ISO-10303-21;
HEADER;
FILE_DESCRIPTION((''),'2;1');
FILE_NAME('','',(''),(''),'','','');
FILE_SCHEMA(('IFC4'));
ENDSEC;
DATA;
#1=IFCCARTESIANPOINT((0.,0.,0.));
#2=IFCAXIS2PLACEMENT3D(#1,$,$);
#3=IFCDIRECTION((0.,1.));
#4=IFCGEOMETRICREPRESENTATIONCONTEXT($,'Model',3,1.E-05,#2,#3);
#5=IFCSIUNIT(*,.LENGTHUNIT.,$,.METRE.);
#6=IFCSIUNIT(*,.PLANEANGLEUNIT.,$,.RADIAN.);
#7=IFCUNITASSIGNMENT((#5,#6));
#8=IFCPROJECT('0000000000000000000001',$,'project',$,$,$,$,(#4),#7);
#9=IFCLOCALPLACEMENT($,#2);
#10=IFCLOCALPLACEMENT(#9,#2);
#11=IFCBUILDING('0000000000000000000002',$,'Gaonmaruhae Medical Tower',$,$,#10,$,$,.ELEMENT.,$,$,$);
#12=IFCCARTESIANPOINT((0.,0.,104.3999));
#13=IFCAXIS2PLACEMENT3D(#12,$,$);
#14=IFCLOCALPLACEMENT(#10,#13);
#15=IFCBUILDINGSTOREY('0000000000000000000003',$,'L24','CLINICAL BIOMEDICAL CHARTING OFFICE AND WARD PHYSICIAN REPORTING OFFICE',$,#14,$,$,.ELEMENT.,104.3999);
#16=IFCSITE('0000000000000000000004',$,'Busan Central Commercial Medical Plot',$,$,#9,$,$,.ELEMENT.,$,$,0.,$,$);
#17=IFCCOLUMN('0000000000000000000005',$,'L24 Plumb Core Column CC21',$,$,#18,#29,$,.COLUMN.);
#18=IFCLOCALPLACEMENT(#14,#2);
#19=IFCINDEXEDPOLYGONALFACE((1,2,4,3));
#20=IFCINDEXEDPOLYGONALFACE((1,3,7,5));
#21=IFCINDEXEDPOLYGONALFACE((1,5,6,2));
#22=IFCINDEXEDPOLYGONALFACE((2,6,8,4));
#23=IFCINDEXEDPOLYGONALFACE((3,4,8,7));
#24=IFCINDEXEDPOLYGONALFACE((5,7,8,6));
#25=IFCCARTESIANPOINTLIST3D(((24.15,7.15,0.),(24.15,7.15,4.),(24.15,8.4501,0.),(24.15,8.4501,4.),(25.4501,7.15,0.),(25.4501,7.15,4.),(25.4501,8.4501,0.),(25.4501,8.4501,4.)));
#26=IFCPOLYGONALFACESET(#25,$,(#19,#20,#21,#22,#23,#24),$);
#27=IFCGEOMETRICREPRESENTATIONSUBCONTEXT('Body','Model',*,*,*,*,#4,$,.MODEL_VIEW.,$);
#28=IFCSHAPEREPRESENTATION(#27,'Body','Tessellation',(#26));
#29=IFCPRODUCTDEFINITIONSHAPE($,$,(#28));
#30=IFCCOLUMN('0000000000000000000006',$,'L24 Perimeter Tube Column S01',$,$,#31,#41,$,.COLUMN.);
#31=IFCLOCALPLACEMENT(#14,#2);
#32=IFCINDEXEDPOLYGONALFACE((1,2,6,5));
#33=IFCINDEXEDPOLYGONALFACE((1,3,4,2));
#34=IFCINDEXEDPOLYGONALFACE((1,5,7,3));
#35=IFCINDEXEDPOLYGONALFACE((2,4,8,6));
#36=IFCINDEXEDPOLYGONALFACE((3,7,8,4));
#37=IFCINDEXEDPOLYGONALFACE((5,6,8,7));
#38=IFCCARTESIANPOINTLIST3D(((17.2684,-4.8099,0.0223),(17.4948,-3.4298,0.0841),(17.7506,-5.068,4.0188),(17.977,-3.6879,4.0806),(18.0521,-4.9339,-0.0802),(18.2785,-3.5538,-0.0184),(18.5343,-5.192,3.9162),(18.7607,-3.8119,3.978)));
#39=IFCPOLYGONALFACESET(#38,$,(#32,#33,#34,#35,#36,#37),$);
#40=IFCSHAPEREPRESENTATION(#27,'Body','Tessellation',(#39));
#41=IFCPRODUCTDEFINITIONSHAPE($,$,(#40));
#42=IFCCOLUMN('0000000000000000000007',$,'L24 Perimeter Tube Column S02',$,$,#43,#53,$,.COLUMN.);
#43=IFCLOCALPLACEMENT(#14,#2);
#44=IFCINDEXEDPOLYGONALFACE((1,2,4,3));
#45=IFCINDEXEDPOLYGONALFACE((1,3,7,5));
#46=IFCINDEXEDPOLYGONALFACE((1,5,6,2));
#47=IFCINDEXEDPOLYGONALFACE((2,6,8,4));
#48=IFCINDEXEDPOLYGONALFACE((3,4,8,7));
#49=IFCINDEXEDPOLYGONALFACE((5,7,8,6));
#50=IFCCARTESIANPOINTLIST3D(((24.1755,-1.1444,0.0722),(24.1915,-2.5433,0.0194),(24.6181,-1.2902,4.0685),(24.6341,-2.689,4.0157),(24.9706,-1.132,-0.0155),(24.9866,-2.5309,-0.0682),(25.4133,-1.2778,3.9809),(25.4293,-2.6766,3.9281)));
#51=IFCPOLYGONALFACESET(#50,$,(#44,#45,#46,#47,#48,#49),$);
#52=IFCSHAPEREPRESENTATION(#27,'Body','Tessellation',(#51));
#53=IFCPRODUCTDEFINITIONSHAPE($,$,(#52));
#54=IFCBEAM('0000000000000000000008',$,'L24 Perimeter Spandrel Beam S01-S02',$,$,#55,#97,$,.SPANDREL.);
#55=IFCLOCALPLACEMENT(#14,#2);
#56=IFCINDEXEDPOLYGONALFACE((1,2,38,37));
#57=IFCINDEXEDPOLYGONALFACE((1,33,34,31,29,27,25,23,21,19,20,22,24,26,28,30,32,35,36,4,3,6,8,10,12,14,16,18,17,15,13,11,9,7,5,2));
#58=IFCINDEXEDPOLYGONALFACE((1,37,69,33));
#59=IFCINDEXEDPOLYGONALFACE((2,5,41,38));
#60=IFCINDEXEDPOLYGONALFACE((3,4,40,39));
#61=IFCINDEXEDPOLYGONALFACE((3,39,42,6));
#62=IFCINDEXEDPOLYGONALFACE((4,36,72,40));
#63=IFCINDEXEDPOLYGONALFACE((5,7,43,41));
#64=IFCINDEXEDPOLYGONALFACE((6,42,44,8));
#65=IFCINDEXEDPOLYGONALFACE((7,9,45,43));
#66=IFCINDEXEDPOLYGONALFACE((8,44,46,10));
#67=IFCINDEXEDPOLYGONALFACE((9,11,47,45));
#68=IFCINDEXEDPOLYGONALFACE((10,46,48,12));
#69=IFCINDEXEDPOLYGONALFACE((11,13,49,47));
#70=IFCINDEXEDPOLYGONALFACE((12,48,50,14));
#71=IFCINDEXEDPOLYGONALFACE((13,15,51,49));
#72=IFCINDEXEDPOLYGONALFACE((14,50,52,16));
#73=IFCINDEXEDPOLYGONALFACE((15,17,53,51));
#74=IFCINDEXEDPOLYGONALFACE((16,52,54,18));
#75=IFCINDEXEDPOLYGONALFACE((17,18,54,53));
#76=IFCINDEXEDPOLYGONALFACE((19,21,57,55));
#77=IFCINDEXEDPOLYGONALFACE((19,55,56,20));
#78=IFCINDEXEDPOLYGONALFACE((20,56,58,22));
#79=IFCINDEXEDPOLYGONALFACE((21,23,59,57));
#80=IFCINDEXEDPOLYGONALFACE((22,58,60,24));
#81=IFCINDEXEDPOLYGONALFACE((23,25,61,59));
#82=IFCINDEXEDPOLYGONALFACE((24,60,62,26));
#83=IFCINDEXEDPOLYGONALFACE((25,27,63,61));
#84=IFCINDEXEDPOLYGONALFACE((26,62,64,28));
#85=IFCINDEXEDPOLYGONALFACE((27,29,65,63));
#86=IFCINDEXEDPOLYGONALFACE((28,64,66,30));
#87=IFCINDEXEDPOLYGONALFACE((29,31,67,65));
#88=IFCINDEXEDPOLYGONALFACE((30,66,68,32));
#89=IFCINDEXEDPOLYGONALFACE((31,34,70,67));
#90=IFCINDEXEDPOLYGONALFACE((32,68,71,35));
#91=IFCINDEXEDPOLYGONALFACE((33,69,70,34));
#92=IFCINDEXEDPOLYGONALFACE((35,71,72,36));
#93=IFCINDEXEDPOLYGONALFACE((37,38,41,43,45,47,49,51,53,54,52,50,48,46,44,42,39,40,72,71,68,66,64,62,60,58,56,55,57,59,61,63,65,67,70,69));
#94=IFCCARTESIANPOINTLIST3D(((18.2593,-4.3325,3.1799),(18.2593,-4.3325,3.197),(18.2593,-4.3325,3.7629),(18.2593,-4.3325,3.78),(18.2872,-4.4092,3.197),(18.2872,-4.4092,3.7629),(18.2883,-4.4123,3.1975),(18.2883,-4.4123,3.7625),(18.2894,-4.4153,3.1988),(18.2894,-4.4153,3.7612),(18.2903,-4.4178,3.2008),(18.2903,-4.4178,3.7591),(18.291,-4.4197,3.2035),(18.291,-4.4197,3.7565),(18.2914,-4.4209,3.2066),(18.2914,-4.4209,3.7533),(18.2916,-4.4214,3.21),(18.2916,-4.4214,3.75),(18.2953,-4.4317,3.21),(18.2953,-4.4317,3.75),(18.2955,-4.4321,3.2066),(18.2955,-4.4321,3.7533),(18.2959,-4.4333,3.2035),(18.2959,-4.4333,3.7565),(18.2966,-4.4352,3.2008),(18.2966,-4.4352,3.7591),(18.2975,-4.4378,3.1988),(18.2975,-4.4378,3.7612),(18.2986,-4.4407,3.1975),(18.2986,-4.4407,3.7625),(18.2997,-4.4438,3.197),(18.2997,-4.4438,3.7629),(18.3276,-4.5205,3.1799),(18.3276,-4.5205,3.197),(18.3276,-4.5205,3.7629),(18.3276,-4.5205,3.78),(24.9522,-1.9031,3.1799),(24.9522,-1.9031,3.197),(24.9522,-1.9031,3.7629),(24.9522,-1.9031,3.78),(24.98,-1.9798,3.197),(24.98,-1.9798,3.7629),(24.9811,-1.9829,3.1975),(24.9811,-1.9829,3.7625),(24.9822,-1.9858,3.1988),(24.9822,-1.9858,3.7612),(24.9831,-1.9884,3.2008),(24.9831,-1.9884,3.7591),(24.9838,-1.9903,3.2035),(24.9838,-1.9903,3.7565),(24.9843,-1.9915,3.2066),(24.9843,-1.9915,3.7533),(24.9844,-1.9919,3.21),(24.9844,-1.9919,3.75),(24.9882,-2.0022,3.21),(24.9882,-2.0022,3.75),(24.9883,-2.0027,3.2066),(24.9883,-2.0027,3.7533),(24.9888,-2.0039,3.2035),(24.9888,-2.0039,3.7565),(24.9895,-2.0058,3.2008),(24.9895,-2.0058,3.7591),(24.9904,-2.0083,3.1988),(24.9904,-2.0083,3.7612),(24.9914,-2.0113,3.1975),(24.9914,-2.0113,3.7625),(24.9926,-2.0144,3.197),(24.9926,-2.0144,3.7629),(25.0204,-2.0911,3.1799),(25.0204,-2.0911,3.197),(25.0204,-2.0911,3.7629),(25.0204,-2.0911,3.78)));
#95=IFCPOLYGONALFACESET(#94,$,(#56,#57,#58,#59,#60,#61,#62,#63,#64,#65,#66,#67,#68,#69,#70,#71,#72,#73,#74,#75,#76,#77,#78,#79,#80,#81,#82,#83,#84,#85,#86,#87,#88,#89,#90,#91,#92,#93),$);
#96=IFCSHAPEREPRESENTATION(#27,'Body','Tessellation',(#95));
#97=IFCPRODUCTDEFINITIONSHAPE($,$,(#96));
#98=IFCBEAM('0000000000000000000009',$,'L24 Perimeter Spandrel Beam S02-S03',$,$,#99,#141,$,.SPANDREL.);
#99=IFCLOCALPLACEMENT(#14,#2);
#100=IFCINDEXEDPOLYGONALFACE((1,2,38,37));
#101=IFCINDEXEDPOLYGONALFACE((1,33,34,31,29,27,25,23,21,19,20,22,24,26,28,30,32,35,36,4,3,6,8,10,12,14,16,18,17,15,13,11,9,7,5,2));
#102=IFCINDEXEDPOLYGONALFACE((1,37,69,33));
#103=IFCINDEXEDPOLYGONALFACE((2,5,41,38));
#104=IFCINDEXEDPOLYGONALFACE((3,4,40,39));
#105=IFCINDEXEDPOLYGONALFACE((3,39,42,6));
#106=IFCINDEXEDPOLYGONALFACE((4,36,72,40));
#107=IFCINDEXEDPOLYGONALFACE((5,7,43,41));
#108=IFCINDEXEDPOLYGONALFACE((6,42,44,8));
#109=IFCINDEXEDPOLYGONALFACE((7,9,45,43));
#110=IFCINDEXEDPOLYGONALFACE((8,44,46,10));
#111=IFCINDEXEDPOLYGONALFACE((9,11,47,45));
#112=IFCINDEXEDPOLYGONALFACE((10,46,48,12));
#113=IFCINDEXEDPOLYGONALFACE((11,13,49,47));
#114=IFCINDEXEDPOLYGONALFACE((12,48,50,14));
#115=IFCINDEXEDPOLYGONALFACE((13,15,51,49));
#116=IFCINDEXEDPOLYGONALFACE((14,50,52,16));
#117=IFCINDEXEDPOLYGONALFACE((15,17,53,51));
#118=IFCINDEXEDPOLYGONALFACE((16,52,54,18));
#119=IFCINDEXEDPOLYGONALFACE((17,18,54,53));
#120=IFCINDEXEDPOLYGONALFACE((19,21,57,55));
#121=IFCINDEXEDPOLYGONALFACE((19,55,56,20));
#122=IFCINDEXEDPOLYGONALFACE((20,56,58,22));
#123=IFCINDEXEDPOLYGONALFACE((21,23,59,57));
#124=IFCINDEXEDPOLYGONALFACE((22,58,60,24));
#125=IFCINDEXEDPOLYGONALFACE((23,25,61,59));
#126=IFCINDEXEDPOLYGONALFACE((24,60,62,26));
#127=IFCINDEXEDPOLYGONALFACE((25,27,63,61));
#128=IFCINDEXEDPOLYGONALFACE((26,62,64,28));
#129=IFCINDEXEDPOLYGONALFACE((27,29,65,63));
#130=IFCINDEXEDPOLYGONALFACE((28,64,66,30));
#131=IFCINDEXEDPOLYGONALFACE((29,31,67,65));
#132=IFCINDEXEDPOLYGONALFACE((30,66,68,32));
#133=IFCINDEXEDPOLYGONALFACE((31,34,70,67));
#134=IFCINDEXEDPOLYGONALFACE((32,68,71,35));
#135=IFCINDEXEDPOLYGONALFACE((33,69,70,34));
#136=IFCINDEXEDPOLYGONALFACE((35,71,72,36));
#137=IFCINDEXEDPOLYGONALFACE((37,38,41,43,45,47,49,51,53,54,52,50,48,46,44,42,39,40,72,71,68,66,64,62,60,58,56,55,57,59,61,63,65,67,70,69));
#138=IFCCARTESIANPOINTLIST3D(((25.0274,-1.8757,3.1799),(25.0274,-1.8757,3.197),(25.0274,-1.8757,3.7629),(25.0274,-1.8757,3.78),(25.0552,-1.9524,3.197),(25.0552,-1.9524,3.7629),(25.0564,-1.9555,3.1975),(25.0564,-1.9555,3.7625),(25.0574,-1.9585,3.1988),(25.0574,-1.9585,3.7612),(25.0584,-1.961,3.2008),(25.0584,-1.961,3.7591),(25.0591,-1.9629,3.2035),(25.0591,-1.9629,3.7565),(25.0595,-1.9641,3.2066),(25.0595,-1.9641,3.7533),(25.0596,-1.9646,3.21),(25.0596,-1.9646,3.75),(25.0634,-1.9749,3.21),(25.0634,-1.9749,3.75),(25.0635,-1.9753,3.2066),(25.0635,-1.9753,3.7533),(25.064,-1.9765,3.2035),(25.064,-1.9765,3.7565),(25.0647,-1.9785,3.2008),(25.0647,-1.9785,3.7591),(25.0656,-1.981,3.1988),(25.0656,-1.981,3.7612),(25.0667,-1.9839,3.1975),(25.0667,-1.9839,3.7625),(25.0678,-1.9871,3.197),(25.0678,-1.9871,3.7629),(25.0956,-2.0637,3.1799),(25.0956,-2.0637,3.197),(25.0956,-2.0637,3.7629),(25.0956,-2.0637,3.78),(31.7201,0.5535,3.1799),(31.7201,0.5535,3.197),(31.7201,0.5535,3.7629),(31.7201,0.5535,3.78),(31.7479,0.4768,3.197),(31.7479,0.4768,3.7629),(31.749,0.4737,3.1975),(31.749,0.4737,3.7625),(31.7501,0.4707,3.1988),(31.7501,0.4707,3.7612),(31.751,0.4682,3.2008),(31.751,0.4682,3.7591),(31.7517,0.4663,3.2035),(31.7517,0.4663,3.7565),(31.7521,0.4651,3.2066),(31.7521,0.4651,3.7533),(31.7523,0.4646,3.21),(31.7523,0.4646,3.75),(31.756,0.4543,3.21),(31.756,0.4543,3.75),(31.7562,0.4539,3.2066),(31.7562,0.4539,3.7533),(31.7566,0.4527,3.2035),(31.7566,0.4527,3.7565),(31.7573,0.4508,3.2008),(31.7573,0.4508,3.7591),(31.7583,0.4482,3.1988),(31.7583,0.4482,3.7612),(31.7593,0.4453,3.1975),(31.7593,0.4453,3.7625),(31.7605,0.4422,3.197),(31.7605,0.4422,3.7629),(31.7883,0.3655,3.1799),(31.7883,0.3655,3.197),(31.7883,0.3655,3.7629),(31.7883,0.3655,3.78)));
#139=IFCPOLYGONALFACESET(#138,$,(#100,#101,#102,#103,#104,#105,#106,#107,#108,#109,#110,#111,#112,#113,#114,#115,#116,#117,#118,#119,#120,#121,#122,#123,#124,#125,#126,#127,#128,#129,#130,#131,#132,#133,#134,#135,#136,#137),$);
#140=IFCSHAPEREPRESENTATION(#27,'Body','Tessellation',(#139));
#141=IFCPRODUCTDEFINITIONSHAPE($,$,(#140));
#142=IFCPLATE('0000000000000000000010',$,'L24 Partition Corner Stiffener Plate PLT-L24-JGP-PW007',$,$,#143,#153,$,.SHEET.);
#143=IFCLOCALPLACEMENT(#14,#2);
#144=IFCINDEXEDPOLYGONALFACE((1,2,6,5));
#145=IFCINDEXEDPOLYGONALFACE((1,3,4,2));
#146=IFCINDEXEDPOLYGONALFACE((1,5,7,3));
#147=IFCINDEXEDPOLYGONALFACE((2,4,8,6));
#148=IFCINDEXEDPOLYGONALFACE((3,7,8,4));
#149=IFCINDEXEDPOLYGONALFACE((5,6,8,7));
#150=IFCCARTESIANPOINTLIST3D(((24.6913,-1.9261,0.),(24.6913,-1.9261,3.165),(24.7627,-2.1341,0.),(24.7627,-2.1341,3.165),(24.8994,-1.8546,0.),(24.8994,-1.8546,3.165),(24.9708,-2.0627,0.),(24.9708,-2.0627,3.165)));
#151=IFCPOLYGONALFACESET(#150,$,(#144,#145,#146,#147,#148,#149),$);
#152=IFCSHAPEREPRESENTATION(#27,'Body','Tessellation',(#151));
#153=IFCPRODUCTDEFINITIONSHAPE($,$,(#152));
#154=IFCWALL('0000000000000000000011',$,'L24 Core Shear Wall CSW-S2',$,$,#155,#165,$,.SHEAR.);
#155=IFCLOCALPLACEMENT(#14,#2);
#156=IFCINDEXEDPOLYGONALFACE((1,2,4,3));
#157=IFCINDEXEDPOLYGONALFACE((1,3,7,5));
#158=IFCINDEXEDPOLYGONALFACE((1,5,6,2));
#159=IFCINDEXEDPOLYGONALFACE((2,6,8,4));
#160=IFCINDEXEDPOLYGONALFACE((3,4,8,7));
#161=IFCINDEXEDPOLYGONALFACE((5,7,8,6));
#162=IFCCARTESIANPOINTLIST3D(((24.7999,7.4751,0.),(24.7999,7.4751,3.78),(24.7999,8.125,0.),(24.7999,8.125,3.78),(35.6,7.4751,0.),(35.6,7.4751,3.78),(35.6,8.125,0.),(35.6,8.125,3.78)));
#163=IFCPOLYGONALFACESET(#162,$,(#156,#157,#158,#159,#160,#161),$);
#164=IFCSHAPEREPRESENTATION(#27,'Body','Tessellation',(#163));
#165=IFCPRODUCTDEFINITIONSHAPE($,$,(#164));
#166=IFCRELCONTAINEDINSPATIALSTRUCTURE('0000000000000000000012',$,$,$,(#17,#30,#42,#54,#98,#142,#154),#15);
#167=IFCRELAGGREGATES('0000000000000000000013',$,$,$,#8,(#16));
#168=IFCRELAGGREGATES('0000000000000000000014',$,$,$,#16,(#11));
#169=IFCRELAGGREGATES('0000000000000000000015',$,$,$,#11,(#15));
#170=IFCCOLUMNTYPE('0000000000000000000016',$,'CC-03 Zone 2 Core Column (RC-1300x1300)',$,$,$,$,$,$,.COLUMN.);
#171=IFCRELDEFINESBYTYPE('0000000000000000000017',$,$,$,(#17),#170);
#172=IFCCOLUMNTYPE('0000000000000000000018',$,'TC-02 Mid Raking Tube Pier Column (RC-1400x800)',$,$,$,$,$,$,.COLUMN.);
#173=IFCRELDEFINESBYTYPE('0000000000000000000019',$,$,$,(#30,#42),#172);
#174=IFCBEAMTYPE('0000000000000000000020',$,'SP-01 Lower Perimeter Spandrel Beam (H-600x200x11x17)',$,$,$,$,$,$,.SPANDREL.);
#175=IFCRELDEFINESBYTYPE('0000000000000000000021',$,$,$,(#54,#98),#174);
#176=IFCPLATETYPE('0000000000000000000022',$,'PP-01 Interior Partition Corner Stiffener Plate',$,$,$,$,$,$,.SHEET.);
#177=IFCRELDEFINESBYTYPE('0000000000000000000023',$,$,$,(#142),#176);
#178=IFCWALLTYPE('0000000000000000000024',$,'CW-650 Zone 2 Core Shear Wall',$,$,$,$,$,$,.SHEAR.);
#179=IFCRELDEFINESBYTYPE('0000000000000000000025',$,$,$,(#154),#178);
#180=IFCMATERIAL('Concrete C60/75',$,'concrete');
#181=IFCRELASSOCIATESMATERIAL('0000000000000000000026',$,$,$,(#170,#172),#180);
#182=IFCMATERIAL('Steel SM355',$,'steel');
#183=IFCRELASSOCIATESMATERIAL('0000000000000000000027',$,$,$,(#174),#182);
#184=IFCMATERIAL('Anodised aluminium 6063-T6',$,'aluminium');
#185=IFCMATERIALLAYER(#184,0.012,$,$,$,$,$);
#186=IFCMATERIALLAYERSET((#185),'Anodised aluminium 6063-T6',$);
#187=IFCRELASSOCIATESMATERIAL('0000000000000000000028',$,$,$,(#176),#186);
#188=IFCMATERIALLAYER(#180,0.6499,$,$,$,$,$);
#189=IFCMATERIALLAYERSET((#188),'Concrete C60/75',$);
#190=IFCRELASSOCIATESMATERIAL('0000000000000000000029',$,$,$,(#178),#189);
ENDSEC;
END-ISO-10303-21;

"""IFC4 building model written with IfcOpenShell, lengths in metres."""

from ifc_helpers import new_model, si_unit, direction, frame, frame_2d, origin, origin_2d, place, context, subcontext, project, spatial, rectangle, i_section, extrude, material, layer, layer_set, material_profile, profile_set, type_object, element, save


model = new_model("IFC4")

# Units and contexts
model_context = context("Model", 3, precision=1e-05, world=origin(), true_north=direction((0.0, 1.0)))
body_context = subcontext(model_context, "Body", "Model", "MODEL_VIEW")
ifc_project = project(units=[si_unit("LENGTHUNIT", "METRE"), si_unit("PLANEANGLEUNIT", "RADIAN")], contexts=[model_context])

# Site, building, storey
site_placement = place(None, origin())
site = spatial("IfcSite", under=ifc_project, at=site_placement, Name="Busan Central Commercial Medical Plot", CompositionType="ELEMENT", RefElevation=0.0)
building_placement = place(site_placement, origin())
building = spatial("IfcBuilding", under=site, at=building_placement, Name="Gaonmaruhae Medical Tower", CompositionType="ELEMENT")
storey_placement = place(building_placement, frame((0.0, 0.0, 104.3999)))
storey = spatial("IfcBuildingStorey", under=building, at=storey_placement, Name="L24", Description="CLINICAL BIOMEDICAL CHARTING OFFICE AND WARD PHYSICIAN REPORTING OFFICE", CompositionType="ELEMENT", Elevation=104.3999)

# Columns
ifc_material_1 = material(Name="Concrete C60/75", Category="concrete")
ifc_material_profile_1 = material_profile(ifc_material_1, rectangle(XDim=1.3, YDim=1.3, at=origin_2d()), Name="RC-1300x1300")
ifc_profile_set_1 = profile_set([ifc_material_profile_1], Name="Concrete C60/75")
column_type_1 = type_object("IfcColumnType", Name="CC-03 Zone 2 Core Column (RC-1300x1300)", PredefinedType="COLUMN", material=ifc_profile_set_1)
column_1_placement = place(storey_placement, frame((24.8, 7.8, 0.0), z_axis=(0.0, 0.0, 1.0), x_axis=(1.0, 0.0, 0.0)))
element("IfcColumn", 1, at=column_1_placement, inside=storey, type_object=column_type_1, Name="L24 Plumb Core Column CC21", PredefinedType="COLUMN", context=body_context, shape_type="SweptSolid", body=[
    extrude(rectangle(XDim=1.3, YDim=1.3, at=origin_2d()), origin(), (0.0, 0.0, 1.0), 4.0),
])
ifc_material_profile_2 = material_profile(ifc_material_1, rectangle(XDim=1.3999, YDim=0.8, at=origin_2d()), Name="RC-1400x800")
ifc_profile_set_2 = profile_set([ifc_material_profile_2], Name="Concrete C60/75")
column_type_2 = type_object("IfcColumnType", Name="TC-02 Mid Raking Tube Pier Column (RC-1400x800)", PredefinedType="COLUMN", material=ifc_profile_set_2)
column_2_placement = place(storey_placement, frame((17.7734, -4.1819, 0.002), z_axis=(0.119541, -0.063977, 0.990766), x_axis=(0.161761, 0.985842, 0.044142)))
element("IfcColumn", 2, at=column_2_placement, inside=storey, type_object=column_type_2, Name="L24 Perimeter Tube Column S01", PredefinedType="COLUMN", context=body_context, shape_type="SweptSolid", body=[
    extrude(rectangle(XDim=1.3999, YDim=0.8, at=origin_2d()), origin(), (0.0, 0.0, 1.0), 4.0337),
])
column_3_placement = place(storey_placement, frame((24.5811, -1.8376, 0.002), z_axis=(0.110013, -0.036226, 0.99327), x_axis=(-0.011425, 0.999223, 0.037708)))
element("IfcColumn", 3, at=column_3_placement, inside=storey, type_object=column_type_2, Name="L24 Perimeter Tube Column S02", PredefinedType="COLUMN", context=body_context, shape_type="SweptSolid", body=[
    extrude(rectangle(XDim=1.3999, YDim=0.8, at=origin_2d()), origin(), (0.0, 0.0, 1.0), 4.0234),
])

# Beams
ifc_material_2 = material(Name="Steel SM355", Category="steel")
ifc_material_profile_3 = material_profile(ifc_material_2, i_section(OverallWidth=0.2, OverallDepth=0.6001, WebThickness=0.011, FlangeThickness=0.0171, FilletRadius=0.0129, at=origin_2d()), Name="H-600x200x11x17")
ifc_profile_set_3 = profile_set([ifc_material_profile_3], Name="Steel SM355")
beam_type = type_object("IfcBeamType", Name="SP-01 Lower Perimeter Spandrel Beam (H-600x200x11x17)", PredefinedType="SPANDREL", material=ifc_profile_set_3)
beam_1_placement = place(storey_placement, frame((18.2935, -4.4265, 3.48), z_axis=(0.939988, 0.341206, 0.0), x_axis=(-0.341206, 0.939988, 0.0)))
element("IfcBeam", 4, at=beam_1_placement, inside=storey, type_object=beam_type, Name="L24 Perimeter Spandrel Beam S01-S02", PredefinedType="SPANDREL", context=body_context, shape_type="SweptSolid", body=[
    extrude(i_section(OverallWidth=0.2, OverallDepth=0.6001, WebThickness=0.011, FlangeThickness=0.0171, FilletRadius=0.0129, at=origin_2d()), origin(), (0.0, 0.0, 1.0), 7.1201),
])
beam_2_placement = place(storey_placement, frame((25.0615, -1.9697, 3.48), z_axis=(0.939995, 0.341187, 0.0), x_axis=(-0.341187, 0.939995, 0.0)))
element("IfcBeam", 5, at=beam_2_placement, inside=storey, type_object=beam_type, Name="L24 Perimeter Spandrel Beam S02-S03", PredefinedType="SPANDREL", context=body_context, shape_type="SweptSolid", body=[
    extrude(i_section(OverallWidth=0.2, OverallDepth=0.6001, WebThickness=0.011, FlangeThickness=0.0171, FilletRadius=0.0129, at=origin_2d()), origin(), (0.0, 0.0, 1.0), 7.1199),
])

# Plate
ifc_material_3 = material(Name="Anodised aluminium 6063-T6", Category="aluminium")
ifc_layer_1 = layer(ifc_material_3, 0.012)
ifc_layer_set_1 = layer_set([ifc_layer_1], Name="Anodised aluminium 6063-T6")
plate_type = type_object("IfcPlateType", Name="PP-01 Interior Partition Corner Stiffener Plate", PredefinedType="SHEET", material=ifc_layer_set_1)
plate_placement = place(storey_placement, frame((24.8311, -1.9944, 0.0), z_axis=(0.0, 0.0, 1.0), x_axis=(-0.945808, -0.324726, 0.0)))
element("IfcPlate", 6, at=plate_placement, inside=storey, type_object=plate_type, Name="L24 Partition Corner Stiffener Plate PLT-L24-JGP-PW007", PredefinedType="SHEET", context=body_context, shape_type="SweptSolid", body=[
    extrude(rectangle(XDim=0.22, YDim=0.22, at=origin_2d()), origin(), (0.0, 0.0, 1.0), 3.165),
])

# Wall
ifc_layer_2 = layer(ifc_material_1, 0.6499)
ifc_layer_set_2 = layer_set([ifc_layer_2], Name="Concrete C60/75")
wall_type_1 = type_object("IfcWallType", Name="CW-650 Zone 2 Core Shear Wall", PredefinedType="SHEAR", material=ifc_layer_set_2)
wall_1_placement = place(storey_placement, frame((24.8, 7.8, 0.0), z_axis=(0.0, 0.0, 1.0), x_axis=(1.0, 0.0, 0.0)))
element("IfcWall", 7, at=wall_1_placement, inside=storey, type_object=wall_type_1, Name="L24 Core Shear Wall CSW-S2", PredefinedType="SHEAR", context=body_context, shape_type="SweptSolid", body=[
    extrude(rectangle(XDim=10.8, YDim=0.6499, at=frame_2d((5.3999, 0.0))), origin(), (0.0, 0.0, 1.0), 3.78),
])

save(model, "model.ifc")
